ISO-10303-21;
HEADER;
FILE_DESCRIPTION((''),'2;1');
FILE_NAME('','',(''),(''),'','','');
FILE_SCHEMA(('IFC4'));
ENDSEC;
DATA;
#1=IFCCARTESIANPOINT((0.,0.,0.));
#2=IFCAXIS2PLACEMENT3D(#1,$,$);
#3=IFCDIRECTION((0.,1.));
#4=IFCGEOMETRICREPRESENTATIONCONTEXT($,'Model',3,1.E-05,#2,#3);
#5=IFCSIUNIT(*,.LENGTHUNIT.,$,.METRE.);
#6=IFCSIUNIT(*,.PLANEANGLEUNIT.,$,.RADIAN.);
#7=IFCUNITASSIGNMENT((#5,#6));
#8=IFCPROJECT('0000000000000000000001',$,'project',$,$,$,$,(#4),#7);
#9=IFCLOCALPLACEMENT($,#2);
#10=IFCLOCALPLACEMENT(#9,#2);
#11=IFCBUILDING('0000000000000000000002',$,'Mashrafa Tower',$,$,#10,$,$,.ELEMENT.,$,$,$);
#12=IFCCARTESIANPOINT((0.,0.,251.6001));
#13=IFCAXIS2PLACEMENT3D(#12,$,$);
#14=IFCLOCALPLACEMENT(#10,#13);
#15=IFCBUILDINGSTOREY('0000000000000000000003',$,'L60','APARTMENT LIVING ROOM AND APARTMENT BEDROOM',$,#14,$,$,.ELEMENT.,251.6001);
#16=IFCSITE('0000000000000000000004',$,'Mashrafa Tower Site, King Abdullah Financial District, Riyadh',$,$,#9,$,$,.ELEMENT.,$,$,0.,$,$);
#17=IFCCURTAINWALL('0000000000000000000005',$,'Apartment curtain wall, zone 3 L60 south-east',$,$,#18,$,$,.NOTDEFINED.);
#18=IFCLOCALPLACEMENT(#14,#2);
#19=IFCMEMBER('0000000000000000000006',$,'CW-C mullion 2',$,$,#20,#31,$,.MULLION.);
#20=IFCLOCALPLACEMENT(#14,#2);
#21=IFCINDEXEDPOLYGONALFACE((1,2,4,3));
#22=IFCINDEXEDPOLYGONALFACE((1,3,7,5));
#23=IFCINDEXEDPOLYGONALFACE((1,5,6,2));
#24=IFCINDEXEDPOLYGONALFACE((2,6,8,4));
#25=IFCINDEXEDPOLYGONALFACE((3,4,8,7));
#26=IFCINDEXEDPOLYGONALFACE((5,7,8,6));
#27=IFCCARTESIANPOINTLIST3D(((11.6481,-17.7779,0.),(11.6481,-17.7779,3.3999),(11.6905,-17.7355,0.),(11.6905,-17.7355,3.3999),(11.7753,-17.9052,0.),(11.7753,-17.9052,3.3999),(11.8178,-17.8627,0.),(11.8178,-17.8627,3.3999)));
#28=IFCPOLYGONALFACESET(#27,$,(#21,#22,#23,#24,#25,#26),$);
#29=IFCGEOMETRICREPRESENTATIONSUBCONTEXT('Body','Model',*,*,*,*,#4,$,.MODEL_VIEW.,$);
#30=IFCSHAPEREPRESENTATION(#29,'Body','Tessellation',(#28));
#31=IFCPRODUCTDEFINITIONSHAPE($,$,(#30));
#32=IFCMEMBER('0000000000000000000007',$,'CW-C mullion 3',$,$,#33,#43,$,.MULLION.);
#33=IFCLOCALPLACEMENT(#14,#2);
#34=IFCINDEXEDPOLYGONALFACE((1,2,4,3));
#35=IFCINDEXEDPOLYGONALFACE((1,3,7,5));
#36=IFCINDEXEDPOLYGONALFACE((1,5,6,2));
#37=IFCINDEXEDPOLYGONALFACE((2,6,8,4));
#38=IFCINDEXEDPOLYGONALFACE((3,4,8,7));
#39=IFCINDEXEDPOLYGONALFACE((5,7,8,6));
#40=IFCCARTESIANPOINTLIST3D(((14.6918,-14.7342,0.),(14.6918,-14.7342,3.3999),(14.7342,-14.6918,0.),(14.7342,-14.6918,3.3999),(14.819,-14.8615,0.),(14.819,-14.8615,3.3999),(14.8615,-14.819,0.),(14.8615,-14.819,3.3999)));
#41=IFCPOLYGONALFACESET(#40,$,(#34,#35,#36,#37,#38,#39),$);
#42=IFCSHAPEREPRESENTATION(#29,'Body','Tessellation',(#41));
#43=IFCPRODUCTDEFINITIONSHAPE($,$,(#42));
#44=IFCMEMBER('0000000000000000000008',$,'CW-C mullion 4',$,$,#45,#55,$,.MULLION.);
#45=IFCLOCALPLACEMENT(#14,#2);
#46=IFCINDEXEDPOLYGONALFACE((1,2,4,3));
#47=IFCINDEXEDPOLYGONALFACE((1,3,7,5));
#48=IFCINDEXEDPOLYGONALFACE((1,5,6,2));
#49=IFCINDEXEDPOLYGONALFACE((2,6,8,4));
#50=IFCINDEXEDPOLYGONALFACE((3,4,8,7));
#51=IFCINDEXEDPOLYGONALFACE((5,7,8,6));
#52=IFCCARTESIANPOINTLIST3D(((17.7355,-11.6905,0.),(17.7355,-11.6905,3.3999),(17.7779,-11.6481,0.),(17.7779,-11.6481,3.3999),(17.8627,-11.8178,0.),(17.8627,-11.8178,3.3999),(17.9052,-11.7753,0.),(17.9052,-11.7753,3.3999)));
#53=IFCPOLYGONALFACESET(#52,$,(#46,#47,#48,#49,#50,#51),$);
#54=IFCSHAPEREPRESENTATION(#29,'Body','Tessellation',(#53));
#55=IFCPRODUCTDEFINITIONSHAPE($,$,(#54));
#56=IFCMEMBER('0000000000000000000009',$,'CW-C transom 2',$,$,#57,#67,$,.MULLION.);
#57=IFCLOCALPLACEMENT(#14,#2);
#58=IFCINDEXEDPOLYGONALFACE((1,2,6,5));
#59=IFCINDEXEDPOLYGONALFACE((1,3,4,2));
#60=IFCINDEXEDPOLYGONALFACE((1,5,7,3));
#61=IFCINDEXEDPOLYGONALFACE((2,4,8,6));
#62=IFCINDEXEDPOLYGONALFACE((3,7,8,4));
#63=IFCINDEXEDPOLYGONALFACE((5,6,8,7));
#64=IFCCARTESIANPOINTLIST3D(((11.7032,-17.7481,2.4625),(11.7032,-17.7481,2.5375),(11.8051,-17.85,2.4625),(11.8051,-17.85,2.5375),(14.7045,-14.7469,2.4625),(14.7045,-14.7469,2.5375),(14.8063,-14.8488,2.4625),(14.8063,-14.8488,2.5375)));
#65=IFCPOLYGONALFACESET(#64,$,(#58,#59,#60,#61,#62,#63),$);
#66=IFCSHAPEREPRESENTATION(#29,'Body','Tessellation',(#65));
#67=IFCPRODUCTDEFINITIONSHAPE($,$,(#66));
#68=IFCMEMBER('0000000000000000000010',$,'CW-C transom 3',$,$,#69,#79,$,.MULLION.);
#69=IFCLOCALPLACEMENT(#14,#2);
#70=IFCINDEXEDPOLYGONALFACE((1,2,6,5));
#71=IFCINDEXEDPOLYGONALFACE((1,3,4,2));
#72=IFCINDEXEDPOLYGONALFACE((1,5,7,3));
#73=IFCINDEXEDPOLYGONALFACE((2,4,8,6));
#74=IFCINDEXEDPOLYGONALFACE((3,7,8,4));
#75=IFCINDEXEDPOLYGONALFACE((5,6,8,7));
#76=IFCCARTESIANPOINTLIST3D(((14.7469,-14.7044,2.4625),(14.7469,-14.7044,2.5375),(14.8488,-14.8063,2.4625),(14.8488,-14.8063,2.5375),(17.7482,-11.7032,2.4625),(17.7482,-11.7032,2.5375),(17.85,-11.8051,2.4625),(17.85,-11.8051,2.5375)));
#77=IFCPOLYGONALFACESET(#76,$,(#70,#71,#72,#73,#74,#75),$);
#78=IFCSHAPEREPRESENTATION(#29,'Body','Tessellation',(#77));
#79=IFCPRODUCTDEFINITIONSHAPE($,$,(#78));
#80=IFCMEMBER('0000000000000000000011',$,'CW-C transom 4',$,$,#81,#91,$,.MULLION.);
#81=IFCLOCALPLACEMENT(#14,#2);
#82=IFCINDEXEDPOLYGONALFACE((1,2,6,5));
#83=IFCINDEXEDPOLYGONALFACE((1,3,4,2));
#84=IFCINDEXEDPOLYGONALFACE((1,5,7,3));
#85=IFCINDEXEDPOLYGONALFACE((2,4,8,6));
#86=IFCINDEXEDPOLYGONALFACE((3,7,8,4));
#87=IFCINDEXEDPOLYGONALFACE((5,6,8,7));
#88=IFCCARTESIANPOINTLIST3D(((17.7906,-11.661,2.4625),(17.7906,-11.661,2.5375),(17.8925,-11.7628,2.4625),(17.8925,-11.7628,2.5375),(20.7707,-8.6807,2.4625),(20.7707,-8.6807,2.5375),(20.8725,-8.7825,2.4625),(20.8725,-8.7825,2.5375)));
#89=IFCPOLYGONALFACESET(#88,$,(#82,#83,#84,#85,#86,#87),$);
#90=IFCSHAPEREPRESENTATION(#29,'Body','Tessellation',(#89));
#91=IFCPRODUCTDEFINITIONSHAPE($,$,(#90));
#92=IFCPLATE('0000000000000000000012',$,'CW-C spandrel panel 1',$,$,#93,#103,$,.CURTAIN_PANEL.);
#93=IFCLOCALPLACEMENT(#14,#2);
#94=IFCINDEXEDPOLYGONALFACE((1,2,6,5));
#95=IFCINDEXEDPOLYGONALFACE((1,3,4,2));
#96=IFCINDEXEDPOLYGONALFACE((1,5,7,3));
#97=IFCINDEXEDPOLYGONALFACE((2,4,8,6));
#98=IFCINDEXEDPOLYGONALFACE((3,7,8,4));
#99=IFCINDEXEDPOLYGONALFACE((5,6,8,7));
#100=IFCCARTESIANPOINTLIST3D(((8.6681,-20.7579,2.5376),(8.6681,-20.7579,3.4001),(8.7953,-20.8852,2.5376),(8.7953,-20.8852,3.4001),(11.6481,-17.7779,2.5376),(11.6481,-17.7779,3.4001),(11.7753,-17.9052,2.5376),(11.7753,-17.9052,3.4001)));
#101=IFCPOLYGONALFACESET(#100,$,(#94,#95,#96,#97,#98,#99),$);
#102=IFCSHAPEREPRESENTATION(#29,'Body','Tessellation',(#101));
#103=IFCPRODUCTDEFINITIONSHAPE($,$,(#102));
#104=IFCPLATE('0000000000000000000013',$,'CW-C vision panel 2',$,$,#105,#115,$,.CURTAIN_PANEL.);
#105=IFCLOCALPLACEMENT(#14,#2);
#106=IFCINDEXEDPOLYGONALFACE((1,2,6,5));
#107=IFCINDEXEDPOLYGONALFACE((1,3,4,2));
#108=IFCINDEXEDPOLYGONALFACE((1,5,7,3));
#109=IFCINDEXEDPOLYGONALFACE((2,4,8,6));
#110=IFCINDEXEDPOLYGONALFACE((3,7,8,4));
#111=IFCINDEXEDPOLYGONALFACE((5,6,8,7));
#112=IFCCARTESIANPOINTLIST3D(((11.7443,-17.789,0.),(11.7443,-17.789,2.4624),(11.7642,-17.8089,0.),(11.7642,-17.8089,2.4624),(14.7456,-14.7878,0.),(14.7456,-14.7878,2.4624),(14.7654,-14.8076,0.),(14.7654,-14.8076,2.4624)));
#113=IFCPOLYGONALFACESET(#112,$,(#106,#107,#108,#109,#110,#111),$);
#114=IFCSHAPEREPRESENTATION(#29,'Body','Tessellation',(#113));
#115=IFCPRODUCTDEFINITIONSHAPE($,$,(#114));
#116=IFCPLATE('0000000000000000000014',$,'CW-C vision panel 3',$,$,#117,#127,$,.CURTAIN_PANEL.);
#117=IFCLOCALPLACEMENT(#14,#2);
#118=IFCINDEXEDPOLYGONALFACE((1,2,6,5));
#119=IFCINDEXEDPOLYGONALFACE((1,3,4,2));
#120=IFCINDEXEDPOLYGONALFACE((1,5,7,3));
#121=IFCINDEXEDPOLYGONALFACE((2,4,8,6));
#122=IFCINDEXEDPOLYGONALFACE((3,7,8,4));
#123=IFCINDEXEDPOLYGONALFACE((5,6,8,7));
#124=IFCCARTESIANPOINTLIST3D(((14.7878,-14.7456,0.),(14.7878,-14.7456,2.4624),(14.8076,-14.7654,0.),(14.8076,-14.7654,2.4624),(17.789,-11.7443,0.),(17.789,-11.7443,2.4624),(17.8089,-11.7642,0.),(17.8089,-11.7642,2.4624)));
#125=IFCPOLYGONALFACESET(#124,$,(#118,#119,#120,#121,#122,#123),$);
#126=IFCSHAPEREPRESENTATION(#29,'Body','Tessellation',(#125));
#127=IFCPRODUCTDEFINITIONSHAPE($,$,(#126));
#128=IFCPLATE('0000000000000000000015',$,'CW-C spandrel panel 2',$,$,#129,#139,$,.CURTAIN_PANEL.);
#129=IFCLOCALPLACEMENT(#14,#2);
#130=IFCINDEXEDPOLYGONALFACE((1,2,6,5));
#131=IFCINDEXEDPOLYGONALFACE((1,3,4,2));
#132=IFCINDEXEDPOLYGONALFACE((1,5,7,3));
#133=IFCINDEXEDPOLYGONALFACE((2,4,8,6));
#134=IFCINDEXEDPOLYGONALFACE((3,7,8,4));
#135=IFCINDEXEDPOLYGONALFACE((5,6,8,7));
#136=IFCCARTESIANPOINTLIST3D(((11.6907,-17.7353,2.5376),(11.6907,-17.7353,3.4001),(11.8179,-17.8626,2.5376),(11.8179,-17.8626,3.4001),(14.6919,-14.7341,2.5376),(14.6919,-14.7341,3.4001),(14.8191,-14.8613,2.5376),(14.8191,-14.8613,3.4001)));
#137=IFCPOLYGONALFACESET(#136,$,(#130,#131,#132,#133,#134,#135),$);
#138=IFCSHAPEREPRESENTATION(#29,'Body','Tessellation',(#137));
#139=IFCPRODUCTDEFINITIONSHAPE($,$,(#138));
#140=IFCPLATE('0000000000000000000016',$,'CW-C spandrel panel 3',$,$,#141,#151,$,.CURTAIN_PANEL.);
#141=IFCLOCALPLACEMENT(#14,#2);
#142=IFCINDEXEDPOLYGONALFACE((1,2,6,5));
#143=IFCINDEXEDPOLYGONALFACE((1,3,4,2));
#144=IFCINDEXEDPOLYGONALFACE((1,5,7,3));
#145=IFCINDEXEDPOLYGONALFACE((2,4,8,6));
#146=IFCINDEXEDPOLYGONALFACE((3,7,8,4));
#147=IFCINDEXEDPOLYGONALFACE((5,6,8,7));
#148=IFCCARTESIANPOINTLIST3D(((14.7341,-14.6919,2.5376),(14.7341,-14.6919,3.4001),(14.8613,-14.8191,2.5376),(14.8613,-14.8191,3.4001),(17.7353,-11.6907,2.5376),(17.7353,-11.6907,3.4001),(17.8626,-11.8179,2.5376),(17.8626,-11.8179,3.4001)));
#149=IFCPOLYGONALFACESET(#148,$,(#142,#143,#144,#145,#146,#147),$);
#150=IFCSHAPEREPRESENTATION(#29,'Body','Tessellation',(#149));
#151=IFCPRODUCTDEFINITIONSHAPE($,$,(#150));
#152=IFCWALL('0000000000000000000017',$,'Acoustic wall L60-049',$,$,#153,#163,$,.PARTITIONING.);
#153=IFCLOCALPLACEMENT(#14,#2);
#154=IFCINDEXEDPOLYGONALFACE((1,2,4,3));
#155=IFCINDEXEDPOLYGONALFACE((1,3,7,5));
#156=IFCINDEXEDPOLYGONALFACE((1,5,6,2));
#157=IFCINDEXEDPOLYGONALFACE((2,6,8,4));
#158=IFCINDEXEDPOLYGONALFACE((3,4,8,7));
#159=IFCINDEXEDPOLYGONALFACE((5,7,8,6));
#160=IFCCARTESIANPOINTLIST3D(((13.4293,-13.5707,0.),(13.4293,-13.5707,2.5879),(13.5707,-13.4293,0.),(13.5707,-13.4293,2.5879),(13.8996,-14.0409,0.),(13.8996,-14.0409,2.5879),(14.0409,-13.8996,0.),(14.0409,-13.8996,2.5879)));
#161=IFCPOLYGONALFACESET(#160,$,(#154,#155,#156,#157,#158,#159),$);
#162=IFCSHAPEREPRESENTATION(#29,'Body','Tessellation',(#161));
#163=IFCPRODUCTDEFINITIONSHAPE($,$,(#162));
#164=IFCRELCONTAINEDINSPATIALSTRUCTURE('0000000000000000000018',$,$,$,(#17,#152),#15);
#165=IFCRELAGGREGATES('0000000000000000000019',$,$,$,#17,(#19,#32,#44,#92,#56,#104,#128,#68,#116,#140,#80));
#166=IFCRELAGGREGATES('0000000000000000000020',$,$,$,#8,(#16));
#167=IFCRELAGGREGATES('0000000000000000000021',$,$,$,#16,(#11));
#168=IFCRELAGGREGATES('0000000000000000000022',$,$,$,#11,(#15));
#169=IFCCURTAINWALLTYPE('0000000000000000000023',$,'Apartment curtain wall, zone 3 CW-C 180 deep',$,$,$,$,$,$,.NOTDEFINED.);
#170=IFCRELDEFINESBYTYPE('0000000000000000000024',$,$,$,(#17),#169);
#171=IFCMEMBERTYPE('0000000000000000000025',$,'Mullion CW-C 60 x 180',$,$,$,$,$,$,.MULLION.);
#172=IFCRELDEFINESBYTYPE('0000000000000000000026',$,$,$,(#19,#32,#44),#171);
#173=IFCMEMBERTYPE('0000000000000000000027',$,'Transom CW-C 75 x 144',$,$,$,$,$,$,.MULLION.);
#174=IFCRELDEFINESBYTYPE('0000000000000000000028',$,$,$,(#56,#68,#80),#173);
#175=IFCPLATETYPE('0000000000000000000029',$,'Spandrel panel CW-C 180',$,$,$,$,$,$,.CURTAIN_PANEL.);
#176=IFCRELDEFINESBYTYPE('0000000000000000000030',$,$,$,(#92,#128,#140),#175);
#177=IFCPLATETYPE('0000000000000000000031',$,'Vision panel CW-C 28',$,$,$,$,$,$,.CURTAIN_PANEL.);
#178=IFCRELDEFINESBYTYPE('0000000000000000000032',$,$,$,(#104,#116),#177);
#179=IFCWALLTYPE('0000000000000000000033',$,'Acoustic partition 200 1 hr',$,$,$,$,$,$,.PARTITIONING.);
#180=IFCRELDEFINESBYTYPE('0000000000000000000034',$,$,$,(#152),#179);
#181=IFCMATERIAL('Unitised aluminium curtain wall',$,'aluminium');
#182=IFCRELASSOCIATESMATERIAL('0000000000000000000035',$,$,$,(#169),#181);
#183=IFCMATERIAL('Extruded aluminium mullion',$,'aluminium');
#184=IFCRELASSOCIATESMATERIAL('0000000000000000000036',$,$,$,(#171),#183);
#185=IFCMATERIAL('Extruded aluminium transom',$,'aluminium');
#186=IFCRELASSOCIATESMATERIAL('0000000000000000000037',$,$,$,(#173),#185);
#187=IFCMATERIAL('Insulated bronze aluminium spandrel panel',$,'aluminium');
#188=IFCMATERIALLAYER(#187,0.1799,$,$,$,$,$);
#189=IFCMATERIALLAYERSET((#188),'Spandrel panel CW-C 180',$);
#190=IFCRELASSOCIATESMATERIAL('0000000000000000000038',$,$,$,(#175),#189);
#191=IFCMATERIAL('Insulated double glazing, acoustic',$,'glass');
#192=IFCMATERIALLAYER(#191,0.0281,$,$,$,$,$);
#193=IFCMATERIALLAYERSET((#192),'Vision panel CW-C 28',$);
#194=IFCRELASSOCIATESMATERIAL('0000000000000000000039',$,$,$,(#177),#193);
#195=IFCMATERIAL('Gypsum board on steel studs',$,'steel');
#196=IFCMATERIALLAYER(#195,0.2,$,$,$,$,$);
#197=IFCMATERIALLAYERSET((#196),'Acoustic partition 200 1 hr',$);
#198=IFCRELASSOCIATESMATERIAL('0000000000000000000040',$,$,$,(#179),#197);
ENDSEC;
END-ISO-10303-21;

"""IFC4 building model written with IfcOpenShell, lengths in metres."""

from ifc_helpers import new_model, si_unit, direction, frame, frame_2d, origin, origin_2d, place, context, subcontext, project, spatial, rectangle, extrude, source, transform, mapped, material, layer, layer_set, material_profile, profile_set, type_object, type_shapes, element, aggregate, save


model = new_model("IFC4")

# Units and contexts
model_context = context("Model", 3, precision=1e-05, world=origin(), true_north=direction((0.0, 1.0)))
body_context = subcontext(model_context, "Body", "Model", "MODEL_VIEW")
ifc_project = project(units=[si_unit("LENGTHUNIT", "METRE"), si_unit("PLANEANGLEUNIT", "RADIAN")], contexts=[model_context])

# Site, building, storey
site_placement = place(None, origin())
site = spatial("IfcSite", under=ifc_project, at=site_placement, Name="Mashrafa Tower Site, King Abdullah Financial District, Riyadh", CompositionType="ELEMENT", RefElevation=0.0)
building_placement = place(site_placement, origin())
building = spatial("IfcBuilding", under=site, at=building_placement, Name="Mashrafa Tower", CompositionType="ELEMENT")
storey_placement = place(building_placement, frame((0.0, 0.0, 251.6001)))
storey = spatial("IfcBuildingStorey", under=building, at=storey_placement, Name="L60", Description="APARTMENT LIVING ROOM AND APARTMENT BEDROOM", CompositionType="ELEMENT", Elevation=251.6001)

# Curtain wall, members, plates
ifc_material_1 = material(Name="Unitised aluminium curtain wall", Category="aluminium")
curtain_wall_type = type_object("IfcCurtainWallType", Name="Apartment curtain wall, zone 3 CW-C 180 deep", PredefinedType="NOTDEFINED", material=ifc_material_1)
curtain_wall_placement = place(storey_placement, origin())
curtain_wall = element("IfcCurtainWall", 1, at=curtain_wall_placement, inside=storey, type_object=curtain_wall_type, Name="Apartment curtain wall, zone 3 L60 south-east", PredefinedType="NOTDEFINED")
ifc_material_2 = material(Name="Extruded aluminium mullion", Category="aluminium")
ifc_material_profile_1 = material_profile(ifc_material_2, rectangle(XDim=0.1799, YDim=0.0601, at=origin_2d()), Name="Mullion 60x180")
ifc_profile_set_1 = profile_set([ifc_material_profile_1], Name="Extruded aluminium mullion")
member_type_1 = type_object("IfcMemberType", Name="Mullion CW-C 60 x 180", PredefinedType="MULLION", material=ifc_profile_set_1)
shared_shape_1 = source(origin(), body_context, "Body", "SweptSolid", [
    extrude(rectangle(XDim=0.1799, YDim=0.0601, at=origin_2d()), origin(), (0.0, 0.0, 1.0), 3.3999),
])
type_shapes(member_type_1, [shared_shape_1])
member_1_placement = place(storey_placement, frame((11.7329, -17.8203, 0.0), z_axis=(0.0, 0.0, 1.0), x_axis=(-0.707107, 0.707107, 0.0)))
member_1 = element("IfcMember", 2, at=member_1_placement, type_object=member_type_1, Name="CW-C mullion 2", PredefinedType="MULLION", context=body_context, shape_type="MappedRepresentation", body=[
    mapped(shared_shape_1, transform((0.0, 0.0, 0.0))),
])
member_2_placement = place(storey_placement, frame((14.7766, -14.7766, 0.0), z_axis=(0.0, 0.0, 1.0), x_axis=(-0.707107, 0.707107, 0.0)))
member_2 = element("IfcMember", 3, at=member_2_placement, type_object=member_type_1, Name="CW-C mullion 3", PredefinedType="MULLION", context=body_context, shape_type="MappedRepresentation", body=[
    mapped(shared_shape_1, transform((0.0, 0.0, 0.0))),
])
member_3_placement = place(storey_placement, frame((17.8203, -11.7329, 0.0), z_axis=(0.0, 0.0, 1.0), x_axis=(-0.707107, 0.707107, 0.0)))
member_3 = element("IfcMember", 4, at=member_3_placement, type_object=member_type_1, Name="CW-C mullion 4", PredefinedType="MULLION", context=body_context, shape_type="MappedRepresentation", body=[
    mapped(shared_shape_1, transform((0.0, 0.0, 0.0))),
])
ifc_material_3 = material(Name="Extruded aluminium transom", Category="aluminium")
ifc_material_profile_2 = material_profile(ifc_material_3, rectangle(XDim=0.144, YDim=0.075, at=origin_2d()), Name="Transom 75x144")
ifc_profile_set_2 = profile_set([ifc_material_profile_2], Name="Extruded aluminium transom")
member_type_2 = type_object("IfcMemberType", Name="Transom CW-C 75 x 144", PredefinedType="MULLION", material=ifc_profile_set_2)
shared_shape_2 = source(origin(), body_context, "Body", "SweptSolid", [
    extrude(rectangle(XDim=0.144, YDim=0.075, at=origin_2d()), origin(), (0.0, 0.0, 1.0), 4.2444),
])
member_4_placement = place(storey_placement, frame((11.7542, -17.7991, 2.5), z_axis=(0.707107, 0.707107, 0.0), x_axis=(-0.707107, 0.707107, 0.0)))
member_4 = element("IfcMember", 5, at=member_4_placement, type_object=member_type_2, Name="CW-C transom 2", PredefinedType="MULLION", context=body_context, shape_type="MappedRepresentation", body=[
    mapped(shared_shape_2, transform((0.0, 0.0, 0.0))),
])
member_5_placement = place(storey_placement, frame((14.7979, -14.7554, 2.5), z_axis=(0.707107, 0.707107, 0.0), x_axis=(-0.707107, 0.707107, 0.0)))
member_5 = element("IfcMember", 6, at=member_5_placement, type_object=member_type_2, Name="CW-C transom 3", PredefinedType="MULLION", context=body_context, shape_type="MappedRepresentation", body=[
    mapped(shared_shape_2, transform((0.0, 0.0, 0.0))),
])
shared_shape_3 = source(origin(), body_context, "Body", "SweptSolid", [
    extrude(rectangle(XDim=0.144, YDim=0.075, at=origin_2d()), origin(), (0.0, 0.0, 1.0), 4.2146),
])
type_shapes(member_type_2, [shared_shape_2, shared_shape_3])
member_6_placement = place(storey_placement, frame((17.8416, -11.7119, 2.5), z_axis=(0.707078, 0.707136, 0.0), x_axis=(-0.707136, 0.707078, 0.0)))
member_6 = element("IfcMember", 7, at=member_6_placement, type_object=member_type_2, Name="CW-C transom 4", PredefinedType="MULLION", context=body_context, shape_type="MappedRepresentation", body=[
    mapped(shared_shape_3, transform((0.0, 0.0, 0.0))),
])
ifc_material_4 = material(Name="Insulated bronze aluminium spandrel panel", Category="aluminium")
ifc_layer_1 = layer(ifc_material_4, 0.1799)
ifc_layer_set_1 = layer_set([ifc_layer_1], Name="Spandrel panel CW-C 180")
plate_type_1 = type_object("IfcPlateType", Name="Spandrel panel CW-C 180", PredefinedType="CURTAIN_PANEL", material=ifc_layer_set_1)
shared_shape_4 = source(origin(), body_context, "Body", "SweptSolid", [
    extrude(rectangle(XDim=4.2144, YDim=0.1799, at=origin_2d()), origin(), (0.0, 0.0, 1.0), 0.8625),
])
plate_1_placement = place(storey_placement, frame((10.2217, -19.3315, 2.5376), z_axis=(0.0, 0.0, 1.0), x_axis=(0.707107, 0.707107, 0.0)))
plate_1 = element("IfcPlate", 8, at=plate_1_placement, type_object=plate_type_1, Name="CW-C spandrel panel 1", PredefinedType="CURTAIN_PANEL", context=body_context, shape_type="MappedRepresentation", body=[
    mapped(shared_shape_4, transform((0.0, 0.0, 0.0))),
])
ifc_material_5 = material(Name="Insulated double glazing, acoustic", Category="glass")
ifc_layer_2 = layer(ifc_material_5, 0.0281)
ifc_layer_set_2 = layer_set([ifc_layer_2], Name="Vision panel CW-C 28")
plate_type_2 = type_object("IfcPlateType", Name="Vision panel CW-C 28", PredefinedType="CURTAIN_PANEL", material=ifc_layer_set_2)
shared_shape_5 = source(origin(), body_context, "Body", "SweptSolid", [
    extrude(rectangle(XDim=4.2444, YDim=0.0281, at=origin_2d()), origin(), (0.0, 0.0, 1.0), 2.4624),
])
type_shapes(plate_type_2, [shared_shape_5])
plate_2_placement = place(storey_placement, frame((13.2549, -16.2983, 0.0), z_axis=(0.0, 0.0, 1.0), x_axis=(0.707107, 0.707107, 0.0)))
plate_2 = element("IfcPlate", 9, at=plate_2_placement, type_object=plate_type_2, Name="CW-C vision panel 2", PredefinedType="CURTAIN_PANEL", context=body_context, shape_type="MappedRepresentation", body=[
    mapped(shared_shape_5, transform((0.0, 0.0, 0.0))),
])
plate_3_placement = place(storey_placement, frame((16.2983, -13.2549, 0.0), z_axis=(0.0, 0.0, 1.0), x_axis=(0.707107, 0.707107, 0.0)))
plate_3 = element("IfcPlate", 10, at=plate_3_placement, type_object=plate_type_2, Name="CW-C vision panel 3", PredefinedType="CURTAIN_PANEL", context=body_context, shape_type="MappedRepresentation", body=[
    mapped(shared_shape_5, transform((0.0, 0.0, 0.0))),
])
shared_shape_6 = source(origin(), body_context, "Body", "SweptSolid", [
    extrude(rectangle(XDim=4.2444, YDim=0.1799, at=origin_2d()), origin(), (0.0, 0.0, 1.0), 0.8625),
])
type_shapes(plate_type_1, [shared_shape_4, shared_shape_6])
plate_4_placement = place(storey_placement, frame((13.2549, -16.2983, 2.5376), z_axis=(0.0, 0.0, 1.0), x_axis=(0.707107, 0.707107, 0.0)))
plate_4 = element("IfcPlate", 11, at=plate_4_placement, type_object=plate_type_1, Name="CW-C spandrel panel 2", PredefinedType="CURTAIN_PANEL", context=body_context, shape_type="MappedRepresentation", body=[
    mapped(shared_shape_6, transform((0.0, 0.0, 0.0))),
])
plate_5_placement = place(storey_placement, frame((16.2983, -13.2549, 2.5376), z_axis=(0.0, 0.0, 1.0), x_axis=(0.707107, 0.707107, 0.0)))
plate_5 = element("IfcPlate", 12, at=plate_5_placement, type_object=plate_type_1, Name="CW-C spandrel panel 3", PredefinedType="CURTAIN_PANEL", context=body_context, shape_type="MappedRepresentation", body=[
    mapped(shared_shape_6, transform((0.0, 0.0, 0.0))),
])
aggregate(curtain_wall, [member_1, member_2, member_3, plate_1, member_4, plate_2, plate_4, member_5, plate_3, plate_5, member_6])

# Wall
ifc_material_6 = material(Name="Gypsum board on steel studs", Category="steel")
ifc_layer_3 = layer(ifc_material_6, 0.2)
ifc_layer_set_3 = layer_set([ifc_layer_3], Name="Acoustic partition 200 1 hr")
wall_type_1 = type_object("IfcWallType", Name="Acoustic partition 200 1 hr", PredefinedType="PARTITIONING", material=ifc_layer_set_3)
wall_1_placement = place(storey_placement, frame((13.5, -13.5, 0.0), z_axis=(0.0, 0.0, 1.0), x_axis=(0.707107, -0.707107, 0.0)))
element("IfcWall", 13, at=wall_1_placement, inside=storey, type_object=wall_type_1, Name="Acoustic wall L60-049", PredefinedType="PARTITIONING", context=body_context, shape_type="SweptSolid", body=[
    extrude(rectangle(XDim=0.665, YDim=0.2, at=frame_2d((0.3325, 0.0))), origin(), (0.0, 0.0, 1.0), 2.5879),
])

save(model, "model.ifc")
